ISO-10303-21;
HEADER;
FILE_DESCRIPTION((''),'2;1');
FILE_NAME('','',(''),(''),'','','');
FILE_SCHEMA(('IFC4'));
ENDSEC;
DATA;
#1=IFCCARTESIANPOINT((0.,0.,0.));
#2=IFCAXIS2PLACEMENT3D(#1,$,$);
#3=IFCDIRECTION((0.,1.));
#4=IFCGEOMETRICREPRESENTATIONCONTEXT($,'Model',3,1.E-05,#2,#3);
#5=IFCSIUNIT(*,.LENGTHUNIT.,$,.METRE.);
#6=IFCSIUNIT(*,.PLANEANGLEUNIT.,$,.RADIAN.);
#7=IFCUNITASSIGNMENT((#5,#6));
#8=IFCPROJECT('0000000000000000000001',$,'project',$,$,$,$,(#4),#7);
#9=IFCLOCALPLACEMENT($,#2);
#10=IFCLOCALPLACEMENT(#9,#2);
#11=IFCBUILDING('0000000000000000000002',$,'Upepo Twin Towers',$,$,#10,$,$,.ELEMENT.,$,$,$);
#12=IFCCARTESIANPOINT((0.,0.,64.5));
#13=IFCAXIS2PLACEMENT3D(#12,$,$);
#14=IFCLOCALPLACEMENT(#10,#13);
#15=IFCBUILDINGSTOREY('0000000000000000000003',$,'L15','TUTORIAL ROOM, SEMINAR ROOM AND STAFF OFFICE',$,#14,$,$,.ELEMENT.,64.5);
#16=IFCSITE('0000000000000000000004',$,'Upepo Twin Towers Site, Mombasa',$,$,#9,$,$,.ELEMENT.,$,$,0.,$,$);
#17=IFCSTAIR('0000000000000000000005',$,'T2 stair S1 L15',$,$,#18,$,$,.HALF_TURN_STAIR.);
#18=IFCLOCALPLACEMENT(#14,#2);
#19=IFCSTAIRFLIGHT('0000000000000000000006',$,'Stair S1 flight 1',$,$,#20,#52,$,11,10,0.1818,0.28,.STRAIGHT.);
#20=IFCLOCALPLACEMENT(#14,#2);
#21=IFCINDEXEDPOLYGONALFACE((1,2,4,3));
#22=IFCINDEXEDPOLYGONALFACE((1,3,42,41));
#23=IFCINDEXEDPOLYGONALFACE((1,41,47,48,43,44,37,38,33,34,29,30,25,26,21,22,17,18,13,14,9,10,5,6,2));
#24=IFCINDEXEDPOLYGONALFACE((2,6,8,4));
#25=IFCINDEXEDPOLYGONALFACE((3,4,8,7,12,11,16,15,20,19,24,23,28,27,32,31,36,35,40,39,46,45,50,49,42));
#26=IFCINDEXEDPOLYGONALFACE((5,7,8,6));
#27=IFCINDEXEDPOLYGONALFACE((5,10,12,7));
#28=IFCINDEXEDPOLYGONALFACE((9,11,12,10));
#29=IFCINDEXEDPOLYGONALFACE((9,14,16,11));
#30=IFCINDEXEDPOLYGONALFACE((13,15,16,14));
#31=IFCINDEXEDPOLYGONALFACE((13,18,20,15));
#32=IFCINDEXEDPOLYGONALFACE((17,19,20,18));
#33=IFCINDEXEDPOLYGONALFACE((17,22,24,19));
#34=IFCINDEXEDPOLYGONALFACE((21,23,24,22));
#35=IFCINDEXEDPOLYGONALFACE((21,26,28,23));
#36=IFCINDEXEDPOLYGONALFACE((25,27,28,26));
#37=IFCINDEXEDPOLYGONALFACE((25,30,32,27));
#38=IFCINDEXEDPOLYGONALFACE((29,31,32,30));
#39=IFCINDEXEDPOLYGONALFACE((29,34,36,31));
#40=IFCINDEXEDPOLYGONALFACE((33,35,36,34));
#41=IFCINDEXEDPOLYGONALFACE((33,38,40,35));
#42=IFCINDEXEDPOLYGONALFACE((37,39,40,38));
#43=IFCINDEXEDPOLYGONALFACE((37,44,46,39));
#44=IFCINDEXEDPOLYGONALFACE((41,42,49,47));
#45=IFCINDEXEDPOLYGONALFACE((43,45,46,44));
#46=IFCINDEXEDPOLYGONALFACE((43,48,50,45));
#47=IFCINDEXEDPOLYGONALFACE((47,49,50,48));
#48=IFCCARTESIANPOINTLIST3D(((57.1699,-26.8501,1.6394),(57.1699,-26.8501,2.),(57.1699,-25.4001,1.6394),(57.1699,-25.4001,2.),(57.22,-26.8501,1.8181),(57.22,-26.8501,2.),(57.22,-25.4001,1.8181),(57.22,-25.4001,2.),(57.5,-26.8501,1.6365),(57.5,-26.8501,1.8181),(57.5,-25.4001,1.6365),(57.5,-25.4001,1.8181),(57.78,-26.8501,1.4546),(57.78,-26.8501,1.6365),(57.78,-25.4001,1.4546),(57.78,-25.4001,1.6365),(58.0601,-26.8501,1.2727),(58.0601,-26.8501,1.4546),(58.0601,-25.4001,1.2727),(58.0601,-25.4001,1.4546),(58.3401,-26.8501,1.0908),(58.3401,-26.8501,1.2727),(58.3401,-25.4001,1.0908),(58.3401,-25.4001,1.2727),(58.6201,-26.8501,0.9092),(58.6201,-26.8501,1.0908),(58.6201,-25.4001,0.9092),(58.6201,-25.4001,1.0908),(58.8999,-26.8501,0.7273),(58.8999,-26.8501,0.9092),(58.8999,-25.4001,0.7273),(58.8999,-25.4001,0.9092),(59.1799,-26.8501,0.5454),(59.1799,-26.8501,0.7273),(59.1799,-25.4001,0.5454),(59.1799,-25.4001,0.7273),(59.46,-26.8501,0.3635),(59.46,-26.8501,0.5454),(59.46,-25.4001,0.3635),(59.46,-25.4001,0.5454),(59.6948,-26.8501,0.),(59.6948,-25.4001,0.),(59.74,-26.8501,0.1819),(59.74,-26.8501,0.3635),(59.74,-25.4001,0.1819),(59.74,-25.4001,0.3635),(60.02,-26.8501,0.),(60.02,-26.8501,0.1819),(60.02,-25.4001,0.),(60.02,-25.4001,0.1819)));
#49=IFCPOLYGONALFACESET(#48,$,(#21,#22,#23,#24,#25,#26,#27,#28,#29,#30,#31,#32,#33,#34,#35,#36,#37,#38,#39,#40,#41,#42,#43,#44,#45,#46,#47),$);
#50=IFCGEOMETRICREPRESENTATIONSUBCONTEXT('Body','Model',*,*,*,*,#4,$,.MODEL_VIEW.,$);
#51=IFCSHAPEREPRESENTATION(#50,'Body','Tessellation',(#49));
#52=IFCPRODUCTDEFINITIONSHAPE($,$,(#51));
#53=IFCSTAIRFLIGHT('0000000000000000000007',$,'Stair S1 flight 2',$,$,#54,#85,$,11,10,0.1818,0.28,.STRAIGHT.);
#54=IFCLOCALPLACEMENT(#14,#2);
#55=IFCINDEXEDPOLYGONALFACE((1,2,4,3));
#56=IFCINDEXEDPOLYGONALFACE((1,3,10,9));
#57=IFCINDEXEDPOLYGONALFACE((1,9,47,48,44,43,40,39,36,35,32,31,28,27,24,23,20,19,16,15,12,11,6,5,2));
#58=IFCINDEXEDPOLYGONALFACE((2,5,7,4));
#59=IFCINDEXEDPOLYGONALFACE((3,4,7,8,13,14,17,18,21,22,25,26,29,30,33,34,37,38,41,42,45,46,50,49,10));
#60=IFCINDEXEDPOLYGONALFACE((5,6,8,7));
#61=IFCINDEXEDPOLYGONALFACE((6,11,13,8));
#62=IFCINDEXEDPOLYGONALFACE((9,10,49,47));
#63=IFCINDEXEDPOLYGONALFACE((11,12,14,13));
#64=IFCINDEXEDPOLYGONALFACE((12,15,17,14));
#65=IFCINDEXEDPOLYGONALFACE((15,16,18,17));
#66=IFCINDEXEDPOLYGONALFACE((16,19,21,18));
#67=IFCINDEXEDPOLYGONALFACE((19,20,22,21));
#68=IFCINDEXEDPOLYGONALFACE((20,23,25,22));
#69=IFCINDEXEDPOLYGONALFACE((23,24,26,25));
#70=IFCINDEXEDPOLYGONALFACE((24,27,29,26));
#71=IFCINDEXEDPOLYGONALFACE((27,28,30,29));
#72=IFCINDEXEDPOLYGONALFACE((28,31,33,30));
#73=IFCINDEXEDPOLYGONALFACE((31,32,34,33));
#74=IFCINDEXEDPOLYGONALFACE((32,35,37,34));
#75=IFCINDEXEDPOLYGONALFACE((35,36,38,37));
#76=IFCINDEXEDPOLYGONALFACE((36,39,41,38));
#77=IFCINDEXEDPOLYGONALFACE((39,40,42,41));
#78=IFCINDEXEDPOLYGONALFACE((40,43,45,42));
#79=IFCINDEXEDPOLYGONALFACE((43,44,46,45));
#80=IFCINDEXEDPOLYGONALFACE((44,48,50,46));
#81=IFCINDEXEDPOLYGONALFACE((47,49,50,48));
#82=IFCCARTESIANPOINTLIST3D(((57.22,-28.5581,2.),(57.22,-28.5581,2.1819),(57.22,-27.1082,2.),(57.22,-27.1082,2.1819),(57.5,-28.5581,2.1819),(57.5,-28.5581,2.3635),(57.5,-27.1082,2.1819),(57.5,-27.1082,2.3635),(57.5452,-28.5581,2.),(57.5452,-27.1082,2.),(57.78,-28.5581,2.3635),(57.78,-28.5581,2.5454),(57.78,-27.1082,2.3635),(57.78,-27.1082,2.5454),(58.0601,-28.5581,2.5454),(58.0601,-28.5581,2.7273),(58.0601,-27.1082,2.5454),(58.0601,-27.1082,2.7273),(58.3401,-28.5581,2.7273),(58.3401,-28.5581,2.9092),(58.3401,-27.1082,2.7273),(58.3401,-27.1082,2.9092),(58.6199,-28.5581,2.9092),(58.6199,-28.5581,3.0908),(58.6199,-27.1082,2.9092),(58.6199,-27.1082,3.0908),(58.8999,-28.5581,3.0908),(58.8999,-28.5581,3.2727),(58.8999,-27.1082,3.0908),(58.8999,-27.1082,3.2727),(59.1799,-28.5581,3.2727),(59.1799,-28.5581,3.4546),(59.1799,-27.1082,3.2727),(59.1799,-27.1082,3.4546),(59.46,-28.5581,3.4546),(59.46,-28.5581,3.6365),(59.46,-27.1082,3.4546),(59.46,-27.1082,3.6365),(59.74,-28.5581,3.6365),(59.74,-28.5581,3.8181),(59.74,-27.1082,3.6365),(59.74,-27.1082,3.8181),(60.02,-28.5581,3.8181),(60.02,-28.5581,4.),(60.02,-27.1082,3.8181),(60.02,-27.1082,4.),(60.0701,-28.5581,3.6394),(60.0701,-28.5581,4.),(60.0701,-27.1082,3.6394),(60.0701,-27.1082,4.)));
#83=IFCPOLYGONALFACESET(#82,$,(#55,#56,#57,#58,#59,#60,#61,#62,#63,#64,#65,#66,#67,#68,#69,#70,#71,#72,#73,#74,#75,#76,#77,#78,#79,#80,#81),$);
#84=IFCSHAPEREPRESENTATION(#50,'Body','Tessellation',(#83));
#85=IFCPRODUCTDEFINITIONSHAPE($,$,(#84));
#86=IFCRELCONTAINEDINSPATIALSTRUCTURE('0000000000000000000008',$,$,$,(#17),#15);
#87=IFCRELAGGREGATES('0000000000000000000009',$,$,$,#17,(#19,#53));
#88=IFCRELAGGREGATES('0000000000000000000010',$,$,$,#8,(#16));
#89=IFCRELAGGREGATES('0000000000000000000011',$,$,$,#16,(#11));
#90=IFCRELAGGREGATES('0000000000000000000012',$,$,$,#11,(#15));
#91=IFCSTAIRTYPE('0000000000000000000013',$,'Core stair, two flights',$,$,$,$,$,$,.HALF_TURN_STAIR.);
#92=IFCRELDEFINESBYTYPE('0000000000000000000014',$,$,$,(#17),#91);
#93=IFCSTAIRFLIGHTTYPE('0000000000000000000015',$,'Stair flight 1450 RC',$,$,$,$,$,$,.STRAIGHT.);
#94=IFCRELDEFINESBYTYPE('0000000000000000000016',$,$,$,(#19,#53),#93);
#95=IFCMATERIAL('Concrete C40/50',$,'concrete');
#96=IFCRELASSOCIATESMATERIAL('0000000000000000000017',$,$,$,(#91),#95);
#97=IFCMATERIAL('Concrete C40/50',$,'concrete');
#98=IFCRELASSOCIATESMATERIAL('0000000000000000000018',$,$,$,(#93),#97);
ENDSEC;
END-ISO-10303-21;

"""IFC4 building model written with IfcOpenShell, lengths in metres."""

from ifc_helpers import new_model, si_unit, direction, frame, origin, place, context, subcontext, project, spatial, polyline, outline, extrude, material, type_object, element, aggregate, save


model = new_model("IFC4")

# Units and contexts
model_context = context("Model", 3, precision=1e-05, world=origin(), true_north=direction((0.0, 1.0)))
body_context = subcontext(model_context, "Body", "Model", "MODEL_VIEW")
ifc_project = project(units=[si_unit("LENGTHUNIT", "METRE"), si_unit("PLANEANGLEUNIT", "RADIAN")], contexts=[model_context])

# Site, building, storey
site_placement = place(None, origin())
site = spatial("IfcSite", under=ifc_project, at=site_placement, Name="Upepo Twin Towers Site, Mombasa", CompositionType="ELEMENT", RefElevation=0.0)
building_placement = place(site_placement, origin())
building = spatial("IfcBuilding", under=site, at=building_placement, Name="Upepo Twin Towers", CompositionType="ELEMENT")
storey_placement = place(building_placement, frame((0.0, 0.0, 64.5)))
storey = spatial("IfcBuildingStorey", under=building, at=storey_placement, Name="L15", Description="TUTORIAL ROOM, SEMINAR ROOM AND STAFF OFFICE", CompositionType="ELEMENT", Elevation=64.5)

# Stair, stair flights
ifc_material_1 = material(Name="Concrete C40/50", Category="concrete")
stair_type = type_object("IfcStairType", Name="Core stair, two flights", PredefinedType="HALF_TURN_STAIR", material=ifc_material_1)
stair_placement = place(storey_placement, origin())
stair = element("IfcStair", 1, at=stair_placement, inside=storey, type_object=stair_type, Name="T2 stair S1 L15", PredefinedType="HALF_TURN_STAIR")
ifc_material_2 = material(Name="Concrete C40/50", Category="concrete")
stair_flight_type = type_object("IfcStairFlightType", Name="Stair flight 1450 RC", PredefinedType="STRAIGHT", material=ifc_material_2)
stair_flight_1_placement = place(storey_placement, frame((60.02, -26.125, 0.0), z_axis=(0.0, 0.0, 1.0), x_axis=(-1.0, 0.0, 0.0)))
stair_flight_1 = element("IfcStairFlight", 2, at=stair_flight_1_placement, type_object=stair_flight_type, Name="Stair S1 flight 1", NumberOfRisers=11, NumberOfTreads=10, PredefinedType="STRAIGHT", RiserHeight=0.1818, TreadLength=0.28, context=body_context, shape_type="SweptSolid", body=[
    extrude(outline(polyline([(0.0, 0.0), (0.0, 0.1819), (0.28, 0.1819), (0.28, 0.3635), (0.5601, 0.3635), (0.5601, 0.5454), (0.8401, 0.5454), (0.8401, 0.7273), (1.1201, 0.7273), (1.1201, 0.9092), (1.3999, 0.9092), (1.3999, 1.0908), (1.6799, 1.0908), (1.6799, 1.2727), (1.96, 1.2727), (1.96, 1.4546), (2.24, 1.4546), (2.24, 1.6365), (2.52, 1.6365), (2.52, 1.8181), (2.8, 1.8181), (2.8, 2.0), (2.8501, 2.0), (2.8501, 1.6394), (0.3252, 0.0), (0.0, 0.0)])), frame((0.0, 0.7251, 0.0), z_axis=(0.0, -1.0, 0.0), x_axis=(1.0, 0.0, 0.0)), (0.0, 0.0, 1.0), 1.45),
])
stair_flight_2_placement = place(storey_placement, frame((57.22, -27.8333, 2.0), z_axis=(0.0, 0.0, 1.0), x_axis=(1.0, 0.0, 0.0)))
stair_flight_2 = element("IfcStairFlight", 3, at=stair_flight_2_placement, type_object=stair_flight_type, Name="Stair S1 flight 2", NumberOfRisers=11, NumberOfTreads=10, PredefinedType="STRAIGHT", RiserHeight=0.1818, TreadLength=0.28, context=body_context, shape_type="SweptSolid", body=[
    extrude(outline(polyline([(0.0, 0.0), (0.0, 0.1819), (0.28, 0.1819), (0.28, 0.3635), (0.5601, 0.3635), (0.5601, 0.5454), (0.8401, 0.5454), (0.8401, 0.7273), (1.1201, 0.7273), (1.1201, 0.9092), (1.3999, 0.9092), (1.3999, 1.0908), (1.6799, 1.0908), (1.6799, 1.2727), (1.96, 1.2727), (1.96, 1.4546), (2.24, 1.4546), (2.24, 1.6365), (2.52, 1.6365), (2.52, 1.8181), (2.8, 1.8181), (2.8, 2.0), (2.8501, 2.0), (2.8501, 1.6394), (0.3252, 0.0), (0.0, 0.0)])), frame((0.0, 0.7251, 0.0), z_axis=(0.0, -1.0, 0.0), x_axis=(1.0, 0.0, 0.0)), (0.0, 0.0, 1.0), 1.45),
])
aggregate(stair, [stair_flight_1, stair_flight_2])

save(model, "model.ifc")
